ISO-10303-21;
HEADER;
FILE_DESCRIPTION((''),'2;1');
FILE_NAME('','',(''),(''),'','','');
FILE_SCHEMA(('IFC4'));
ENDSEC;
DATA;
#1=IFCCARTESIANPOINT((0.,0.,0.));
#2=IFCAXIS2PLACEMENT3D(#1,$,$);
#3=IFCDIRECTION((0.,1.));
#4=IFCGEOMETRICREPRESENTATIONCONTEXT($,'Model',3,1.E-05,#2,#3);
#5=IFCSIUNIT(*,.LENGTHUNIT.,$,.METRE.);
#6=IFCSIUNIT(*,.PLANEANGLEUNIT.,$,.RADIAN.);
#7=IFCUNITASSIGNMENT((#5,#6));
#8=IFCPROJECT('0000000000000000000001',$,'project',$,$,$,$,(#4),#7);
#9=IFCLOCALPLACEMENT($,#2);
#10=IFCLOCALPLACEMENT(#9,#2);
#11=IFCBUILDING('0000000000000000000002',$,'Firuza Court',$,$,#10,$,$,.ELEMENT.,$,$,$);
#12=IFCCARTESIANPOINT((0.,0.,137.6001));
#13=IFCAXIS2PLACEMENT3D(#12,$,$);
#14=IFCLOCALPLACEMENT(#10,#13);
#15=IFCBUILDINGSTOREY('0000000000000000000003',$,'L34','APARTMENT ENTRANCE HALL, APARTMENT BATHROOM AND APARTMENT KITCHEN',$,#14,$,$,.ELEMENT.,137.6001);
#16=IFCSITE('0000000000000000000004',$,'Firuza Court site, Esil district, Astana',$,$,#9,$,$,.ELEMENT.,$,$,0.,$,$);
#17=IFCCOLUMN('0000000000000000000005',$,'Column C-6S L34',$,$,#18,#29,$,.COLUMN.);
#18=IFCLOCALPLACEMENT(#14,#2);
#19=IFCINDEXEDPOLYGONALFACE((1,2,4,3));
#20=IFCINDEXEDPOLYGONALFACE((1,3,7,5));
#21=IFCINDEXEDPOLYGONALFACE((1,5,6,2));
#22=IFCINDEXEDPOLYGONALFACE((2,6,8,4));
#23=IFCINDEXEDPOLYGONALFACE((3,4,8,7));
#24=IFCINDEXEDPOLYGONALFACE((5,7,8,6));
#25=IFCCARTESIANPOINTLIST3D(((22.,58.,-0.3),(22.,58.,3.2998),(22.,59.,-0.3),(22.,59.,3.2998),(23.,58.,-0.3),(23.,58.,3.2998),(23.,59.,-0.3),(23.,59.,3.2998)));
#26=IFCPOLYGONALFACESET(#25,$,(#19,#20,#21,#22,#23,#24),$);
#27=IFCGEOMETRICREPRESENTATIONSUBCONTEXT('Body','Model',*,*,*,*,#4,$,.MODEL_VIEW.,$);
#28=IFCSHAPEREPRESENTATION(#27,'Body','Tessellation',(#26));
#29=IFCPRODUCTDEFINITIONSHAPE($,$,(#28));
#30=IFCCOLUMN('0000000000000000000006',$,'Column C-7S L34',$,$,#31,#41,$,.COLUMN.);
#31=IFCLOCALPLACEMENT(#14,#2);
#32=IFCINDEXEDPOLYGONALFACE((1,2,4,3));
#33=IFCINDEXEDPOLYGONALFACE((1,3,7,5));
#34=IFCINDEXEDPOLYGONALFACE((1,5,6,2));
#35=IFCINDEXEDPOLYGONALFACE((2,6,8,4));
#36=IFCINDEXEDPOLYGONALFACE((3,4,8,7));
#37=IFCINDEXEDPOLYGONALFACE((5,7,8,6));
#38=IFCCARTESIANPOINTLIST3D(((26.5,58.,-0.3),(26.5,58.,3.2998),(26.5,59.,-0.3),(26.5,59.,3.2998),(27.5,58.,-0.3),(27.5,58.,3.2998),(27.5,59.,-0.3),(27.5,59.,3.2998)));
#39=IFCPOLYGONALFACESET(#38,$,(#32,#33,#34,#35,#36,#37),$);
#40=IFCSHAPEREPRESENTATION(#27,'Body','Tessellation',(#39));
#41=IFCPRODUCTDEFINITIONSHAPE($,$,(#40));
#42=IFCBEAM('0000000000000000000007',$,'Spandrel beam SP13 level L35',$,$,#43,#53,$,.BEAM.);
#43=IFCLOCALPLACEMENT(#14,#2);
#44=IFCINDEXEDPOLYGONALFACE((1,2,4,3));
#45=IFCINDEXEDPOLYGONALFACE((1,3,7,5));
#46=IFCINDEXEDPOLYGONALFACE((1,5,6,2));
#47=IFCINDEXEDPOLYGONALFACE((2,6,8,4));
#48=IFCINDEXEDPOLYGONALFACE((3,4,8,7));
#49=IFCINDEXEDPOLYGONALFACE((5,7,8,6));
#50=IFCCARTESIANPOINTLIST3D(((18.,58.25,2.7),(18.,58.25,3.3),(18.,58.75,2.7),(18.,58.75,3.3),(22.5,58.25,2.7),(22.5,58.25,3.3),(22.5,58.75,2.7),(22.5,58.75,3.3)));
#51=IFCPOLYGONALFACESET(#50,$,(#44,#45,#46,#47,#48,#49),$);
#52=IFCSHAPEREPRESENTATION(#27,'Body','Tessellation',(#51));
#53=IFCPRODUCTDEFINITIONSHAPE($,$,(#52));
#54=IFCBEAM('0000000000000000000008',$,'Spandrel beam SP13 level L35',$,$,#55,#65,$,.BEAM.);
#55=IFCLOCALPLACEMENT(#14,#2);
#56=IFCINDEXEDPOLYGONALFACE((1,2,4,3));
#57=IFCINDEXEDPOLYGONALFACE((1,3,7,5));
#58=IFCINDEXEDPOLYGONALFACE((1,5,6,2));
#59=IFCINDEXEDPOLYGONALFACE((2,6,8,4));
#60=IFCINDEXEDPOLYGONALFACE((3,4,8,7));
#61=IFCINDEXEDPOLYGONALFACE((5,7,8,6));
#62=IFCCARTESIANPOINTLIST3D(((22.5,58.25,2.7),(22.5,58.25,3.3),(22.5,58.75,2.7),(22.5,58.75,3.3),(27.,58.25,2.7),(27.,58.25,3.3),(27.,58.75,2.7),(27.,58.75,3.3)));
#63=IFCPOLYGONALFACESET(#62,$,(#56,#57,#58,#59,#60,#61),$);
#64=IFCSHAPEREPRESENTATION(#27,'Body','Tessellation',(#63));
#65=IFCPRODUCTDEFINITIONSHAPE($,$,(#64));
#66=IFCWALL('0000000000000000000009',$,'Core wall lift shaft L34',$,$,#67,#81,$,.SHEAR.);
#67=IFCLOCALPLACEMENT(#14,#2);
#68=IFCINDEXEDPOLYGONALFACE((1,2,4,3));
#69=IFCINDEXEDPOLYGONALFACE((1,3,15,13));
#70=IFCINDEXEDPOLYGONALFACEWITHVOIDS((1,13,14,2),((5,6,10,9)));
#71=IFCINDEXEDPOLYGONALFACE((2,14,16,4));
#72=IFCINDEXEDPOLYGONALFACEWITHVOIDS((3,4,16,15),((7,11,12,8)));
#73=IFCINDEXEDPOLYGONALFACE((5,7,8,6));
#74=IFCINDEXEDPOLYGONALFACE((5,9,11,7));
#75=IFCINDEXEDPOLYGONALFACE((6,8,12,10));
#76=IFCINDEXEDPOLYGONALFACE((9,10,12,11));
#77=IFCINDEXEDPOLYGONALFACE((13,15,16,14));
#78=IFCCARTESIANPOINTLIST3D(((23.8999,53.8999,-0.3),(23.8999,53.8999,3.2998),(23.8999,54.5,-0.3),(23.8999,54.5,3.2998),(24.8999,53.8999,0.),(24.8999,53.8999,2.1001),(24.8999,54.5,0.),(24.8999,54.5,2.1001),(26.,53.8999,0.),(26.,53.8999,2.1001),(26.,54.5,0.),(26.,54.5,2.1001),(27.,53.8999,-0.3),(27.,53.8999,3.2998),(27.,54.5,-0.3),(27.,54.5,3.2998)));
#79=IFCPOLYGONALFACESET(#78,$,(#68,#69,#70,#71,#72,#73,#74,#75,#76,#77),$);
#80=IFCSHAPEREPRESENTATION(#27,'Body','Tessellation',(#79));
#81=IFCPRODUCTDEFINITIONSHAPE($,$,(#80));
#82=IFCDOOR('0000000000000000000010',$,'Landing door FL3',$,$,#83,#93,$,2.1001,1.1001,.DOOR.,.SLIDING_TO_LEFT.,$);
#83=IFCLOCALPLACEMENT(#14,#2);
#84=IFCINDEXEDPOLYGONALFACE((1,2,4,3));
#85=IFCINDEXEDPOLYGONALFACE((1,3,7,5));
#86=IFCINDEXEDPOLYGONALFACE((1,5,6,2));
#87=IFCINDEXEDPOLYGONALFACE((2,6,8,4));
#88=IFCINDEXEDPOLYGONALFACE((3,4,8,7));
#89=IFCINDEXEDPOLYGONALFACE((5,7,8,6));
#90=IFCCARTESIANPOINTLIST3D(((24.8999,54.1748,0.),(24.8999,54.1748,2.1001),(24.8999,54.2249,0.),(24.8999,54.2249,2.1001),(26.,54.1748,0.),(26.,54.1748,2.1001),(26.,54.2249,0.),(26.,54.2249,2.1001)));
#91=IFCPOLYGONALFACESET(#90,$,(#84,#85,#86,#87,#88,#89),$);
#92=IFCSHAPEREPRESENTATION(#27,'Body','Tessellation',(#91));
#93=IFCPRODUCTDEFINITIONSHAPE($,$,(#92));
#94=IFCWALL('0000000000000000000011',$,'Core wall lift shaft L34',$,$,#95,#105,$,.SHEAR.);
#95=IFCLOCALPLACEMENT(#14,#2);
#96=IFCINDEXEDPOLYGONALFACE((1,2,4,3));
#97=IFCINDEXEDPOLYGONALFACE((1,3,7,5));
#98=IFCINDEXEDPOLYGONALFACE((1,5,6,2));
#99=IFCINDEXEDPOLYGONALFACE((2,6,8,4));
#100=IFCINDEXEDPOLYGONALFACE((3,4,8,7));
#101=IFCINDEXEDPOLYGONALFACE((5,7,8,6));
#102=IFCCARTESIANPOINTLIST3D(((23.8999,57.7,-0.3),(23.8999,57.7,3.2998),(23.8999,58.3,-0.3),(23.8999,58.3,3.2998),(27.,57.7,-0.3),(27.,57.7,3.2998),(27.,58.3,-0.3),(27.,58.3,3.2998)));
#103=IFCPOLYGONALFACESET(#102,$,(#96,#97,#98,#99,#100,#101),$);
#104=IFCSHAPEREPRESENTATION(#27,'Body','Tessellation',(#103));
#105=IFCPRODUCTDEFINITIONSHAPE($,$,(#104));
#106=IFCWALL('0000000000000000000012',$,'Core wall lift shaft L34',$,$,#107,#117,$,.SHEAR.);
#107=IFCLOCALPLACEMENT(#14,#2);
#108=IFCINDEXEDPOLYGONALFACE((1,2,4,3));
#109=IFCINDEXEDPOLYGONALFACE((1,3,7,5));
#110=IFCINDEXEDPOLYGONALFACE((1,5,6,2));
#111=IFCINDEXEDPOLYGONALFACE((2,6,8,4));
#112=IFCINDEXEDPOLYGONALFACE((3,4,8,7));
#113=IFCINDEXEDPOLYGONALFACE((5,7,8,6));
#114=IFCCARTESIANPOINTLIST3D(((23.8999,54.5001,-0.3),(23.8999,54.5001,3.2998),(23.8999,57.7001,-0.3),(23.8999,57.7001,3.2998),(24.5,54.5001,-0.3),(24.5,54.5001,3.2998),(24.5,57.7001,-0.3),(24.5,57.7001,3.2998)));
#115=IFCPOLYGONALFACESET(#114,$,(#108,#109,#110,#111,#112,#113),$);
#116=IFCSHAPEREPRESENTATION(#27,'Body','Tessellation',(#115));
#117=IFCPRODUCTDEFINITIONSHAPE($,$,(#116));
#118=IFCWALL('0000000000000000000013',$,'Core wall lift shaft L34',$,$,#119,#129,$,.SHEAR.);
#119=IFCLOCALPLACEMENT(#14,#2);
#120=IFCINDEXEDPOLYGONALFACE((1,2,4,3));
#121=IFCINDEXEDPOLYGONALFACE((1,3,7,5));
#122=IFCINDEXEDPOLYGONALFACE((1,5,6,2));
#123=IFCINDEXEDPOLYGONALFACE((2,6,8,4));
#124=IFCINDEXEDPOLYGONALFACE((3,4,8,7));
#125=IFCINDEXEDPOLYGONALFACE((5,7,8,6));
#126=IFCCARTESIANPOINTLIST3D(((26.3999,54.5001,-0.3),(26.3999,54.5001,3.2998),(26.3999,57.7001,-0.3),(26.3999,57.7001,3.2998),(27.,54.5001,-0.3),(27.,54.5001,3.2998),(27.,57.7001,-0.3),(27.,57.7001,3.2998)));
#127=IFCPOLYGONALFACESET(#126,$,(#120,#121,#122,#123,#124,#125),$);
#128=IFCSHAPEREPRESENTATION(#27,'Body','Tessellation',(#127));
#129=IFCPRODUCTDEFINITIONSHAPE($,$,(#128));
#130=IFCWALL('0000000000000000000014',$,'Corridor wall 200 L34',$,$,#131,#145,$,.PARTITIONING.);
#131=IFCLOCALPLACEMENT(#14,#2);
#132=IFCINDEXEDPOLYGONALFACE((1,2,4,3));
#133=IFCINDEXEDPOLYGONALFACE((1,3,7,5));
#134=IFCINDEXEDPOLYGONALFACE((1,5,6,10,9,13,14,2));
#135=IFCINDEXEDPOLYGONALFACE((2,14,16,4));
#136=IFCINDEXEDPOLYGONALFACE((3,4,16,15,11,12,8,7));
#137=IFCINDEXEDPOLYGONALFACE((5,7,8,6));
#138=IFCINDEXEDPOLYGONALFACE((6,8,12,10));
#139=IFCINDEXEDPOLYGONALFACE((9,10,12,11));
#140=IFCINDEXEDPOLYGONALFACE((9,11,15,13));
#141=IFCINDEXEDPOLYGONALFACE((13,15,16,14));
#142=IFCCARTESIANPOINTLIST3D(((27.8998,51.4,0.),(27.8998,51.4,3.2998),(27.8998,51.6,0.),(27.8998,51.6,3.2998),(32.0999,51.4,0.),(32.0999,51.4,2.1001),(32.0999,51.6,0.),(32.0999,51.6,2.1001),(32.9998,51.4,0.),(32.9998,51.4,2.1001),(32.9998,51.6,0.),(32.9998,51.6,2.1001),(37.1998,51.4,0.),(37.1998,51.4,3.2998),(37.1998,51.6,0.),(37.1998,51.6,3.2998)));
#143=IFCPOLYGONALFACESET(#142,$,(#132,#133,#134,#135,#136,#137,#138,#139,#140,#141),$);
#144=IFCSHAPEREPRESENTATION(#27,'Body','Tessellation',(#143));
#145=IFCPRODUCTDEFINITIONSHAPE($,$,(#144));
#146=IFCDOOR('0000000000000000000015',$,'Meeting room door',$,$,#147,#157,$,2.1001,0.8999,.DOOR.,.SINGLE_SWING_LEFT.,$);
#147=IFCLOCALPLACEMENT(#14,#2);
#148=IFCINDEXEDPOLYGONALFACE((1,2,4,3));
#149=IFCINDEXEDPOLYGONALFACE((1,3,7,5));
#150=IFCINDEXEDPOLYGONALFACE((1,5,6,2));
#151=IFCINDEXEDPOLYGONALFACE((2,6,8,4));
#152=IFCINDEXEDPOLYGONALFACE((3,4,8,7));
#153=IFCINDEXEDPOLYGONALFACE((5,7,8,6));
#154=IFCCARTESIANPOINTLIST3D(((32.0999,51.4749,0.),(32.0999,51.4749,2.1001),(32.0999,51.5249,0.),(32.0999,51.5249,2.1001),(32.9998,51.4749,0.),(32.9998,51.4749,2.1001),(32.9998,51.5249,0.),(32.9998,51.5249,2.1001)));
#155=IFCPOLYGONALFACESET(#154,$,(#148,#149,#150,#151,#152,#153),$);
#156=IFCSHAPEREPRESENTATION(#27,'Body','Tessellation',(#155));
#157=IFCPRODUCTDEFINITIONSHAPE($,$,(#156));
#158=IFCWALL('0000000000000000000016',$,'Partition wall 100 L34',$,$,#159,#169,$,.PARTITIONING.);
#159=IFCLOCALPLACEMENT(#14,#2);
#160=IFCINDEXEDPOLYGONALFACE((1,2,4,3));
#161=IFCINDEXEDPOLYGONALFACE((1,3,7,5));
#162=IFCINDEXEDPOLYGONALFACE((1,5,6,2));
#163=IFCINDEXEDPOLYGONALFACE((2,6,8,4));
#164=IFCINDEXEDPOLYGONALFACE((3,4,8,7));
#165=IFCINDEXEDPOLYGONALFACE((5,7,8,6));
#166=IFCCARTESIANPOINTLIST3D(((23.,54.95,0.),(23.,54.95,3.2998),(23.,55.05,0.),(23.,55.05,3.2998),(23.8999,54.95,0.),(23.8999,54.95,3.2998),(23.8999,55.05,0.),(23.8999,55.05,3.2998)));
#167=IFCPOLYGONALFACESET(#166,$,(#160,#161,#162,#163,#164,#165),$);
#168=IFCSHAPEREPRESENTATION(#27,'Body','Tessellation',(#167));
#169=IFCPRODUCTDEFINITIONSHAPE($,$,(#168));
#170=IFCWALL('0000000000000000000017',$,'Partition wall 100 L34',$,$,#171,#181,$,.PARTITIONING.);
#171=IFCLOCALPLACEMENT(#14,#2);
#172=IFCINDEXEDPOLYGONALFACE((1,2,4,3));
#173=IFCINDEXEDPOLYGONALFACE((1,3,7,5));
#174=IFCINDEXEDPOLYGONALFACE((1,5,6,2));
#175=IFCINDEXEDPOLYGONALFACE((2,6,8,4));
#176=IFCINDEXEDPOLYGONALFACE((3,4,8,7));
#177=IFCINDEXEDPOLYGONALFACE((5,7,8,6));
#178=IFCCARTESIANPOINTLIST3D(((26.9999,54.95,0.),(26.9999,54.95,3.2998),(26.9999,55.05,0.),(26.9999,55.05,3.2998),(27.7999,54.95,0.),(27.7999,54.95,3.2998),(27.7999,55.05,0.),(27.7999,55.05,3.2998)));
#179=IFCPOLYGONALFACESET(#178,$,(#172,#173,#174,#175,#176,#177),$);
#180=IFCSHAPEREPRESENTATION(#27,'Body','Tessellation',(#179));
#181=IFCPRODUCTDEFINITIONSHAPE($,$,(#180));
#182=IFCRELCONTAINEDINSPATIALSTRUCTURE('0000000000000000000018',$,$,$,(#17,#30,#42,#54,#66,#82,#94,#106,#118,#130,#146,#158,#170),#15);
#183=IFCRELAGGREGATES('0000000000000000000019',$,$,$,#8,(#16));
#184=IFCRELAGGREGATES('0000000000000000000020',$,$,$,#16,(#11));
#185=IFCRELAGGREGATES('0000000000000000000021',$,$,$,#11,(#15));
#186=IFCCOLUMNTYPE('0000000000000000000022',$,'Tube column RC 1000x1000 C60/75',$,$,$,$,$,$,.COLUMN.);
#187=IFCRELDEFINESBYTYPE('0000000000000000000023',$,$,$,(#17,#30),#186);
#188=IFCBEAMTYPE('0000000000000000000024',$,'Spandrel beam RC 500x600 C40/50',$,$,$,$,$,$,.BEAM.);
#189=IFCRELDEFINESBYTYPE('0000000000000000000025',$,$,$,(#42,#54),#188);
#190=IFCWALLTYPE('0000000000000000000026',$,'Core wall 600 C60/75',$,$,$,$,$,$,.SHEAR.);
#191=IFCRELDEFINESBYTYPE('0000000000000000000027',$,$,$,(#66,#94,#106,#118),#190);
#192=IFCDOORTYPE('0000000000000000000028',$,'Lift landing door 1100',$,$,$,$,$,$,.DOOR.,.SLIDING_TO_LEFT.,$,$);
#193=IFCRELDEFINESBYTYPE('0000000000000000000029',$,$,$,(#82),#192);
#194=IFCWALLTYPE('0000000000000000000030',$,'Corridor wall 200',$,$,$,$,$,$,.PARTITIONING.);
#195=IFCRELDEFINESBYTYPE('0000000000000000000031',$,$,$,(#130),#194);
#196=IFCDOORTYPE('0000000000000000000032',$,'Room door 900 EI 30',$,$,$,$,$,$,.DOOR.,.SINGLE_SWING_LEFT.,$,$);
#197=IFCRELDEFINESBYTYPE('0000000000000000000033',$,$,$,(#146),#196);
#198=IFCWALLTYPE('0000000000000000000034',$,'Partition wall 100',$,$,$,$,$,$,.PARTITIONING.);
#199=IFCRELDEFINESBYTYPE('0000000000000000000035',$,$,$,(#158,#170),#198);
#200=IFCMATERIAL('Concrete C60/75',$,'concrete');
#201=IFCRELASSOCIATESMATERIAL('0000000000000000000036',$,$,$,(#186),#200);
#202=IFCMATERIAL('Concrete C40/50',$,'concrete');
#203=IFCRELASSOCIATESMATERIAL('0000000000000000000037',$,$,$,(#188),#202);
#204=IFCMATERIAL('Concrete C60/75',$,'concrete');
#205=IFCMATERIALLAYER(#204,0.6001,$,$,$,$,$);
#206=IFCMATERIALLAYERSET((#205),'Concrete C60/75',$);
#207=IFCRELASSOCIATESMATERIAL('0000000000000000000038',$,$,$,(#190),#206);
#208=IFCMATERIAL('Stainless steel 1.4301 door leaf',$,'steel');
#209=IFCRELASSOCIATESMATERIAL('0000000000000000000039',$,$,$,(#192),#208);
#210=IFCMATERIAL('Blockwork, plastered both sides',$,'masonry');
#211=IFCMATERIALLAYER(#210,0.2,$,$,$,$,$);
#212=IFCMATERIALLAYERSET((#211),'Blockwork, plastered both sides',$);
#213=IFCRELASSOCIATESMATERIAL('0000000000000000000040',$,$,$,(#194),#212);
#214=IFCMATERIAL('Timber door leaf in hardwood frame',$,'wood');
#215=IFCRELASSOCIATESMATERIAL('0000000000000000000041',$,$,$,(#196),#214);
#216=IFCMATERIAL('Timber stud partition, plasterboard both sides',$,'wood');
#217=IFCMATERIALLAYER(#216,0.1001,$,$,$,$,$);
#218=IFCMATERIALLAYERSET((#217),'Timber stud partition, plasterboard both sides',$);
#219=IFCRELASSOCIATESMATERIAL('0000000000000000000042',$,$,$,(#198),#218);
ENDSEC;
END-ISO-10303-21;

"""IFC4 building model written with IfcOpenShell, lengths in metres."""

from ifc_helpers import new_model, si_unit, direction, frame, frame_2d, origin, origin_2d, place, context, subcontext, project, spatial, rectangle, extrude, material, layer, layer_set, material_profile, profile_set, type_object, element, fill, save


model = new_model("IFC4")

# Units and contexts
model_context = context("Model", 3, precision=1e-05, world=origin(), true_north=direction((0.0, 1.0)))
body_context = subcontext(model_context, "Body", "Model", "MODEL_VIEW")
ifc_project = project(units=[si_unit("LENGTHUNIT", "METRE"), si_unit("PLANEANGLEUNIT", "RADIAN")], contexts=[model_context])

# Site, building, storey
site_placement = place(None, origin())
site = spatial("IfcSite", under=ifc_project, at=site_placement, Name="Firuza Court site, Esil district, Astana", CompositionType="ELEMENT", RefElevation=0.0)
building_placement = place(site_placement, origin())
building = spatial("IfcBuilding", under=site, at=building_placement, Name="Firuza Court", CompositionType="ELEMENT")
storey_placement = place(building_placement, frame((0.0, 0.0, 137.6001)))
storey = spatial("IfcBuildingStorey", under=building, at=storey_placement, Name="L34", Description="APARTMENT ENTRANCE HALL, APARTMENT BATHROOM AND APARTMENT KITCHEN", CompositionType="ELEMENT", Elevation=137.6001)

# Columns
ifc_material_1 = material(Name="Concrete C60/75", Category="concrete")
ifc_material_profile_1 = material_profile(ifc_material_1, rectangle(XDim=1.0, YDim=1.0, at=origin_2d()), Name="RC 1000x1000")
ifc_profile_set_1 = profile_set([ifc_material_profile_1], Name="Concrete C60/75")
column_type = type_object("IfcColumnType", Name="Tube column RC 1000x1000 C60/75", PredefinedType="COLUMN", material=ifc_profile_set_1)
for number, where, z_axis, x_axis, name in (
    (1, (22.5, 58.5, -0.3), (0.0, 0.0, 1.0), (1.0, 0.0, 0.0), "Column C-6S L34"),
    (2, (27.0, 58.5, -0.3), (0.0, 0.0, 1.0), (1.0, 0.0, 0.0), "Column C-7S L34"),
):
    element("IfcColumn", number, at=place(storey_placement, frame(where, z_axis=z_axis, x_axis=x_axis)), inside=storey, type_object=column_type, Name=name, PredefinedType="COLUMN", context=body_context, shape_type="SweptSolid", body=[
        extrude(rectangle(XDim=1.0, YDim=1.0, at=origin_2d()), origin(), (0.0, 0.0, 1.0), 3.5999),
    ])

# Beams
ifc_material_2 = material(Name="Concrete C40/50", Category="concrete")
ifc_material_profile_2 = material_profile(ifc_material_2, rectangle(XDim=0.5, YDim=0.6001, at=origin_2d()), Name="RC 500x600")
ifc_profile_set_2 = profile_set([ifc_material_profile_2], Name="Concrete C40/50")
beam_type = type_object("IfcBeamType", Name="Spandrel beam RC 500x600 C40/50", PredefinedType="BEAM", material=ifc_profile_set_2)
for number, where, z_axis, x_axis, name in (
    (3, (22.5, 58.5, 3.0), (-1.0, 0.0, 0.0), (0.0, -1.0, 0.0), "Spandrel beam SP13 level L35"),
    (4, (27.0, 58.5, 3.0), (-1.0, 0.0, 0.0), (0.0, -1.0, 0.0), "Spandrel beam SP13 level L35"),
):
    element("IfcBeam", number, at=place(storey_placement, frame(where, z_axis=z_axis, x_axis=x_axis)), inside=storey, type_object=beam_type, Name=name, PredefinedType="BEAM", context=body_context, shape_type="SweptSolid", body=[
        extrude(rectangle(XDim=0.5, YDim=0.6001, at=origin_2d()), origin(), (0.0, 0.0, 1.0), 4.5),
    ])

# Wall, opening, door
ifc_material_3 = material(Name="Concrete C60/75", Category="concrete")
ifc_layer_1 = layer(ifc_material_3, 0.6001)
ifc_layer_set_1 = layer_set([ifc_layer_1], Name="Concrete C60/75")
wall_type_1 = type_object("IfcWallType", Name="Core wall 600 C60/75", PredefinedType="SHEAR", material=ifc_layer_set_1)
wall_1_placement = place(storey_placement, frame((23.8999, 54.2, -0.3), z_axis=(0.0, 0.0, 1.0), x_axis=(1.0, 0.0, 0.0)))
wall_1 = element("IfcWall", 5, at=wall_1_placement, inside=storey, type_object=wall_type_1, Name="Core wall lift shaft L34", PredefinedType="SHEAR", context=body_context, shape_type="SweptSolid", body=[
    extrude(rectangle(XDim=3.1001, YDim=0.6001, at=frame_2d((1.55, 0.0))), origin(), (0.0, 0.0, 1.0), 3.5999),
])
opening_1_placement = place(wall_1_placement, frame((1.0, 0.0, 0.3)))
opening_1 = element("IfcOpeningElement", 6, at=opening_1_placement, cuts=wall_1, PredefinedType="OPENING", context=body_context, shape_type="SweptSolid", body=[
    extrude(rectangle(XDim=1.1001, YDim=2.1001, at=frame_2d((0.55, 1.05))), frame((0.0, 0.312, 0.0), z_axis=(0.0, -1.0, 0.0), x_axis=(1.0, 0.0, 0.0)), (0.0, 0.0, 1.0), 0.624),
])
ifc_material_4 = material(Name="Stainless steel 1.4301 door leaf", Category="steel")
door_type_1 = type_object("IfcDoorType", Name="Lift landing door 1100", OperationType="SLIDING_TO_LEFT", PredefinedType="DOOR", material=ifc_material_4)
door_1_placement = place(opening_1_placement, origin())
door_1 = element("IfcDoor", 7, at=door_1_placement, inside=storey, type_object=door_type_1, Name="Landing door FL3", OperationType="SLIDING_TO_LEFT", OverallHeight=2.1001, OverallWidth=1.1001, PredefinedType="DOOR", context=body_context, shape_type="SweptSolid", body=[
    extrude(rectangle(XDim=1.1001, YDim=2.1001, at=frame_2d((0.55, 1.05))), frame((0.0, 0.0249, 0.0), z_axis=(0.0, -1.0, 0.0), x_axis=(1.0, 0.0, 0.0)), (0.0, 0.0, 1.0), 0.05),
])
fill(opening_1, door_1)

# Walls
wall_2_placement = place(storey_placement, frame((23.8999, 58.0, -0.3), z_axis=(0.0, 0.0, 1.0), x_axis=(1.0, 0.0, 0.0)))
element("IfcWall", 8, at=wall_2_placement, inside=storey, type_object=wall_type_1, Name="Core wall lift shaft L34", PredefinedType="SHEAR", context=body_context, shape_type="SweptSolid", body=[
    extrude(rectangle(XDim=3.1001, YDim=0.6001, at=frame_2d((1.55, 0.0))), origin(), (0.0, 0.0, 1.0), 3.5999),
])
for number, where, z_axis, x_axis, name in (
    (9, (24.2, 54.5, -0.3), (0.0, 0.0, 1.0), (0.0, 1.0, 0.0), "Core wall lift shaft L34"),
    (10, (26.7, 54.5, -0.3), (0.0, 0.0, 1.0), (0.0, 1.0, 0.0), "Core wall lift shaft L34"),
):
    element("IfcWall", number, at=place(storey_placement, frame(where, z_axis=z_axis, x_axis=x_axis)), inside=storey, type_object=wall_type_1, Name=name, PredefinedType="SHEAR", context=body_context, shape_type="SweptSolid", body=[
        extrude(rectangle(XDim=3.2, YDim=0.6001, at=frame_2d((1.6001, 0.0))), origin(), (0.0, 0.0, 1.0), 3.5999),
    ])

# Wall, opening, door
ifc_material_5 = material(Name="Blockwork, plastered both sides", Category="masonry")
ifc_layer_2 = layer(ifc_material_5, 0.2)
ifc_layer_set_2 = layer_set([ifc_layer_2], Name="Blockwork, plastered both sides")
wall_type_2 = type_object("IfcWallType", Name="Corridor wall 200", PredefinedType="PARTITIONING", material=ifc_layer_set_2)
wall_3_placement = place(storey_placement, frame((27.8999, 51.5, 0.0), z_axis=(0.0, 0.0, 1.0), x_axis=(1.0, 0.0, 0.0)))
wall_3 = element("IfcWall", 11, at=wall_3_placement, inside=storey, type_object=wall_type_2, Name="Corridor wall 200 L34", PredefinedType="PARTITIONING", context=body_context, shape_type="SweptSolid", body=[
    extrude(rectangle(XDim=9.3, YDim=0.2, at=frame_2d((4.6499, 0.0))), origin(), (0.0, 0.0, 1.0), 3.2998),
])
opening_2_placement = place(wall_3_placement, frame((4.2, 0.0, 0.0)))
opening_2 = element("IfcOpeningElement", 12, at=opening_2_placement, cuts=wall_3, PredefinedType="OPENING", context=body_context, shape_type="SweptSolid", body=[
    extrude(rectangle(XDim=0.8999, YDim=2.1001, at=frame_2d((0.45, 1.05))), frame((0.0, 0.1118, 0.0), z_axis=(0.0, -1.0, 0.0), x_axis=(1.0, 0.0, 0.0)), (0.0, 0.0, 1.0), 0.2239),
])
ifc_material_6 = material(Name="Timber door leaf in hardwood frame", Category="wood")
door_type_2 = type_object("IfcDoorType", Name="Room door 900 EI 30", OperationType="SINGLE_SWING_LEFT", PredefinedType="DOOR", material=ifc_material_6)
door_2_placement = place(opening_2_placement, origin())
door_2 = element("IfcDoor", 13, at=door_2_placement, inside=storey, type_object=door_type_2, Name="Meeting room door", OperationType="SINGLE_SWING_LEFT", OverallHeight=2.1001, OverallWidth=0.8999, PredefinedType="DOOR", context=body_context, shape_type="SweptSolid", body=[
    extrude(rectangle(XDim=0.8999, YDim=2.1001, at=frame_2d((0.45, 1.05))), frame((0.0, 0.0249, 0.0), z_axis=(0.0, -1.0, 0.0), x_axis=(1.0, 0.0, 0.0)), (0.0, 0.0, 1.0), 0.05),
])
fill(opening_2, door_2)

# Walls
ifc_material_7 = material(Name="Timber stud partition, plasterboard both sides", Category="wood")
ifc_layer_3 = layer(ifc_material_7, 0.1001)
ifc_layer_set_3 = layer_set([ifc_layer_3], Name="Timber stud partition, plasterboard both sides")
wall_type_3 = type_object("IfcWallType", Name="Partition wall 100", PredefinedType="PARTITIONING", material=ifc_layer_set_3)
wall_4_placement = place(storey_placement, frame((23.0, 55.0, 0.0), z_axis=(0.0, 0.0, 1.0), x_axis=(1.0, 0.0, 0.0)))
element("IfcWall", 14, at=wall_4_placement, inside=storey, type_object=wall_type_3, Name="Partition wall 100 L34", PredefinedType="PARTITIONING", context=body_context, shape_type="SweptSolid", body=[
    extrude(rectangle(XDim=0.8999, YDim=0.1001, at=frame_2d((0.45, 0.0))), origin(), (0.0, 0.0, 1.0), 3.2998),
])
wall_5_placement = place(storey_placement, frame((27.0, 55.0, 0.0), z_axis=(0.0, 0.0, 1.0), x_axis=(1.0, 0.0, 0.0)))
element("IfcWall", 15, at=wall_5_placement, inside=storey, type_object=wall_type_3, Name="Partition wall 100 L34", PredefinedType="PARTITIONING", context=body_context, shape_type="SweptSolid", body=[
    extrude(rectangle(XDim=0.8, YDim=0.1001, at=frame_2d((0.3999, 0.0))), origin(), (0.0, 0.0, 1.0), 3.2998),
])

save(model, "model.ifc")
